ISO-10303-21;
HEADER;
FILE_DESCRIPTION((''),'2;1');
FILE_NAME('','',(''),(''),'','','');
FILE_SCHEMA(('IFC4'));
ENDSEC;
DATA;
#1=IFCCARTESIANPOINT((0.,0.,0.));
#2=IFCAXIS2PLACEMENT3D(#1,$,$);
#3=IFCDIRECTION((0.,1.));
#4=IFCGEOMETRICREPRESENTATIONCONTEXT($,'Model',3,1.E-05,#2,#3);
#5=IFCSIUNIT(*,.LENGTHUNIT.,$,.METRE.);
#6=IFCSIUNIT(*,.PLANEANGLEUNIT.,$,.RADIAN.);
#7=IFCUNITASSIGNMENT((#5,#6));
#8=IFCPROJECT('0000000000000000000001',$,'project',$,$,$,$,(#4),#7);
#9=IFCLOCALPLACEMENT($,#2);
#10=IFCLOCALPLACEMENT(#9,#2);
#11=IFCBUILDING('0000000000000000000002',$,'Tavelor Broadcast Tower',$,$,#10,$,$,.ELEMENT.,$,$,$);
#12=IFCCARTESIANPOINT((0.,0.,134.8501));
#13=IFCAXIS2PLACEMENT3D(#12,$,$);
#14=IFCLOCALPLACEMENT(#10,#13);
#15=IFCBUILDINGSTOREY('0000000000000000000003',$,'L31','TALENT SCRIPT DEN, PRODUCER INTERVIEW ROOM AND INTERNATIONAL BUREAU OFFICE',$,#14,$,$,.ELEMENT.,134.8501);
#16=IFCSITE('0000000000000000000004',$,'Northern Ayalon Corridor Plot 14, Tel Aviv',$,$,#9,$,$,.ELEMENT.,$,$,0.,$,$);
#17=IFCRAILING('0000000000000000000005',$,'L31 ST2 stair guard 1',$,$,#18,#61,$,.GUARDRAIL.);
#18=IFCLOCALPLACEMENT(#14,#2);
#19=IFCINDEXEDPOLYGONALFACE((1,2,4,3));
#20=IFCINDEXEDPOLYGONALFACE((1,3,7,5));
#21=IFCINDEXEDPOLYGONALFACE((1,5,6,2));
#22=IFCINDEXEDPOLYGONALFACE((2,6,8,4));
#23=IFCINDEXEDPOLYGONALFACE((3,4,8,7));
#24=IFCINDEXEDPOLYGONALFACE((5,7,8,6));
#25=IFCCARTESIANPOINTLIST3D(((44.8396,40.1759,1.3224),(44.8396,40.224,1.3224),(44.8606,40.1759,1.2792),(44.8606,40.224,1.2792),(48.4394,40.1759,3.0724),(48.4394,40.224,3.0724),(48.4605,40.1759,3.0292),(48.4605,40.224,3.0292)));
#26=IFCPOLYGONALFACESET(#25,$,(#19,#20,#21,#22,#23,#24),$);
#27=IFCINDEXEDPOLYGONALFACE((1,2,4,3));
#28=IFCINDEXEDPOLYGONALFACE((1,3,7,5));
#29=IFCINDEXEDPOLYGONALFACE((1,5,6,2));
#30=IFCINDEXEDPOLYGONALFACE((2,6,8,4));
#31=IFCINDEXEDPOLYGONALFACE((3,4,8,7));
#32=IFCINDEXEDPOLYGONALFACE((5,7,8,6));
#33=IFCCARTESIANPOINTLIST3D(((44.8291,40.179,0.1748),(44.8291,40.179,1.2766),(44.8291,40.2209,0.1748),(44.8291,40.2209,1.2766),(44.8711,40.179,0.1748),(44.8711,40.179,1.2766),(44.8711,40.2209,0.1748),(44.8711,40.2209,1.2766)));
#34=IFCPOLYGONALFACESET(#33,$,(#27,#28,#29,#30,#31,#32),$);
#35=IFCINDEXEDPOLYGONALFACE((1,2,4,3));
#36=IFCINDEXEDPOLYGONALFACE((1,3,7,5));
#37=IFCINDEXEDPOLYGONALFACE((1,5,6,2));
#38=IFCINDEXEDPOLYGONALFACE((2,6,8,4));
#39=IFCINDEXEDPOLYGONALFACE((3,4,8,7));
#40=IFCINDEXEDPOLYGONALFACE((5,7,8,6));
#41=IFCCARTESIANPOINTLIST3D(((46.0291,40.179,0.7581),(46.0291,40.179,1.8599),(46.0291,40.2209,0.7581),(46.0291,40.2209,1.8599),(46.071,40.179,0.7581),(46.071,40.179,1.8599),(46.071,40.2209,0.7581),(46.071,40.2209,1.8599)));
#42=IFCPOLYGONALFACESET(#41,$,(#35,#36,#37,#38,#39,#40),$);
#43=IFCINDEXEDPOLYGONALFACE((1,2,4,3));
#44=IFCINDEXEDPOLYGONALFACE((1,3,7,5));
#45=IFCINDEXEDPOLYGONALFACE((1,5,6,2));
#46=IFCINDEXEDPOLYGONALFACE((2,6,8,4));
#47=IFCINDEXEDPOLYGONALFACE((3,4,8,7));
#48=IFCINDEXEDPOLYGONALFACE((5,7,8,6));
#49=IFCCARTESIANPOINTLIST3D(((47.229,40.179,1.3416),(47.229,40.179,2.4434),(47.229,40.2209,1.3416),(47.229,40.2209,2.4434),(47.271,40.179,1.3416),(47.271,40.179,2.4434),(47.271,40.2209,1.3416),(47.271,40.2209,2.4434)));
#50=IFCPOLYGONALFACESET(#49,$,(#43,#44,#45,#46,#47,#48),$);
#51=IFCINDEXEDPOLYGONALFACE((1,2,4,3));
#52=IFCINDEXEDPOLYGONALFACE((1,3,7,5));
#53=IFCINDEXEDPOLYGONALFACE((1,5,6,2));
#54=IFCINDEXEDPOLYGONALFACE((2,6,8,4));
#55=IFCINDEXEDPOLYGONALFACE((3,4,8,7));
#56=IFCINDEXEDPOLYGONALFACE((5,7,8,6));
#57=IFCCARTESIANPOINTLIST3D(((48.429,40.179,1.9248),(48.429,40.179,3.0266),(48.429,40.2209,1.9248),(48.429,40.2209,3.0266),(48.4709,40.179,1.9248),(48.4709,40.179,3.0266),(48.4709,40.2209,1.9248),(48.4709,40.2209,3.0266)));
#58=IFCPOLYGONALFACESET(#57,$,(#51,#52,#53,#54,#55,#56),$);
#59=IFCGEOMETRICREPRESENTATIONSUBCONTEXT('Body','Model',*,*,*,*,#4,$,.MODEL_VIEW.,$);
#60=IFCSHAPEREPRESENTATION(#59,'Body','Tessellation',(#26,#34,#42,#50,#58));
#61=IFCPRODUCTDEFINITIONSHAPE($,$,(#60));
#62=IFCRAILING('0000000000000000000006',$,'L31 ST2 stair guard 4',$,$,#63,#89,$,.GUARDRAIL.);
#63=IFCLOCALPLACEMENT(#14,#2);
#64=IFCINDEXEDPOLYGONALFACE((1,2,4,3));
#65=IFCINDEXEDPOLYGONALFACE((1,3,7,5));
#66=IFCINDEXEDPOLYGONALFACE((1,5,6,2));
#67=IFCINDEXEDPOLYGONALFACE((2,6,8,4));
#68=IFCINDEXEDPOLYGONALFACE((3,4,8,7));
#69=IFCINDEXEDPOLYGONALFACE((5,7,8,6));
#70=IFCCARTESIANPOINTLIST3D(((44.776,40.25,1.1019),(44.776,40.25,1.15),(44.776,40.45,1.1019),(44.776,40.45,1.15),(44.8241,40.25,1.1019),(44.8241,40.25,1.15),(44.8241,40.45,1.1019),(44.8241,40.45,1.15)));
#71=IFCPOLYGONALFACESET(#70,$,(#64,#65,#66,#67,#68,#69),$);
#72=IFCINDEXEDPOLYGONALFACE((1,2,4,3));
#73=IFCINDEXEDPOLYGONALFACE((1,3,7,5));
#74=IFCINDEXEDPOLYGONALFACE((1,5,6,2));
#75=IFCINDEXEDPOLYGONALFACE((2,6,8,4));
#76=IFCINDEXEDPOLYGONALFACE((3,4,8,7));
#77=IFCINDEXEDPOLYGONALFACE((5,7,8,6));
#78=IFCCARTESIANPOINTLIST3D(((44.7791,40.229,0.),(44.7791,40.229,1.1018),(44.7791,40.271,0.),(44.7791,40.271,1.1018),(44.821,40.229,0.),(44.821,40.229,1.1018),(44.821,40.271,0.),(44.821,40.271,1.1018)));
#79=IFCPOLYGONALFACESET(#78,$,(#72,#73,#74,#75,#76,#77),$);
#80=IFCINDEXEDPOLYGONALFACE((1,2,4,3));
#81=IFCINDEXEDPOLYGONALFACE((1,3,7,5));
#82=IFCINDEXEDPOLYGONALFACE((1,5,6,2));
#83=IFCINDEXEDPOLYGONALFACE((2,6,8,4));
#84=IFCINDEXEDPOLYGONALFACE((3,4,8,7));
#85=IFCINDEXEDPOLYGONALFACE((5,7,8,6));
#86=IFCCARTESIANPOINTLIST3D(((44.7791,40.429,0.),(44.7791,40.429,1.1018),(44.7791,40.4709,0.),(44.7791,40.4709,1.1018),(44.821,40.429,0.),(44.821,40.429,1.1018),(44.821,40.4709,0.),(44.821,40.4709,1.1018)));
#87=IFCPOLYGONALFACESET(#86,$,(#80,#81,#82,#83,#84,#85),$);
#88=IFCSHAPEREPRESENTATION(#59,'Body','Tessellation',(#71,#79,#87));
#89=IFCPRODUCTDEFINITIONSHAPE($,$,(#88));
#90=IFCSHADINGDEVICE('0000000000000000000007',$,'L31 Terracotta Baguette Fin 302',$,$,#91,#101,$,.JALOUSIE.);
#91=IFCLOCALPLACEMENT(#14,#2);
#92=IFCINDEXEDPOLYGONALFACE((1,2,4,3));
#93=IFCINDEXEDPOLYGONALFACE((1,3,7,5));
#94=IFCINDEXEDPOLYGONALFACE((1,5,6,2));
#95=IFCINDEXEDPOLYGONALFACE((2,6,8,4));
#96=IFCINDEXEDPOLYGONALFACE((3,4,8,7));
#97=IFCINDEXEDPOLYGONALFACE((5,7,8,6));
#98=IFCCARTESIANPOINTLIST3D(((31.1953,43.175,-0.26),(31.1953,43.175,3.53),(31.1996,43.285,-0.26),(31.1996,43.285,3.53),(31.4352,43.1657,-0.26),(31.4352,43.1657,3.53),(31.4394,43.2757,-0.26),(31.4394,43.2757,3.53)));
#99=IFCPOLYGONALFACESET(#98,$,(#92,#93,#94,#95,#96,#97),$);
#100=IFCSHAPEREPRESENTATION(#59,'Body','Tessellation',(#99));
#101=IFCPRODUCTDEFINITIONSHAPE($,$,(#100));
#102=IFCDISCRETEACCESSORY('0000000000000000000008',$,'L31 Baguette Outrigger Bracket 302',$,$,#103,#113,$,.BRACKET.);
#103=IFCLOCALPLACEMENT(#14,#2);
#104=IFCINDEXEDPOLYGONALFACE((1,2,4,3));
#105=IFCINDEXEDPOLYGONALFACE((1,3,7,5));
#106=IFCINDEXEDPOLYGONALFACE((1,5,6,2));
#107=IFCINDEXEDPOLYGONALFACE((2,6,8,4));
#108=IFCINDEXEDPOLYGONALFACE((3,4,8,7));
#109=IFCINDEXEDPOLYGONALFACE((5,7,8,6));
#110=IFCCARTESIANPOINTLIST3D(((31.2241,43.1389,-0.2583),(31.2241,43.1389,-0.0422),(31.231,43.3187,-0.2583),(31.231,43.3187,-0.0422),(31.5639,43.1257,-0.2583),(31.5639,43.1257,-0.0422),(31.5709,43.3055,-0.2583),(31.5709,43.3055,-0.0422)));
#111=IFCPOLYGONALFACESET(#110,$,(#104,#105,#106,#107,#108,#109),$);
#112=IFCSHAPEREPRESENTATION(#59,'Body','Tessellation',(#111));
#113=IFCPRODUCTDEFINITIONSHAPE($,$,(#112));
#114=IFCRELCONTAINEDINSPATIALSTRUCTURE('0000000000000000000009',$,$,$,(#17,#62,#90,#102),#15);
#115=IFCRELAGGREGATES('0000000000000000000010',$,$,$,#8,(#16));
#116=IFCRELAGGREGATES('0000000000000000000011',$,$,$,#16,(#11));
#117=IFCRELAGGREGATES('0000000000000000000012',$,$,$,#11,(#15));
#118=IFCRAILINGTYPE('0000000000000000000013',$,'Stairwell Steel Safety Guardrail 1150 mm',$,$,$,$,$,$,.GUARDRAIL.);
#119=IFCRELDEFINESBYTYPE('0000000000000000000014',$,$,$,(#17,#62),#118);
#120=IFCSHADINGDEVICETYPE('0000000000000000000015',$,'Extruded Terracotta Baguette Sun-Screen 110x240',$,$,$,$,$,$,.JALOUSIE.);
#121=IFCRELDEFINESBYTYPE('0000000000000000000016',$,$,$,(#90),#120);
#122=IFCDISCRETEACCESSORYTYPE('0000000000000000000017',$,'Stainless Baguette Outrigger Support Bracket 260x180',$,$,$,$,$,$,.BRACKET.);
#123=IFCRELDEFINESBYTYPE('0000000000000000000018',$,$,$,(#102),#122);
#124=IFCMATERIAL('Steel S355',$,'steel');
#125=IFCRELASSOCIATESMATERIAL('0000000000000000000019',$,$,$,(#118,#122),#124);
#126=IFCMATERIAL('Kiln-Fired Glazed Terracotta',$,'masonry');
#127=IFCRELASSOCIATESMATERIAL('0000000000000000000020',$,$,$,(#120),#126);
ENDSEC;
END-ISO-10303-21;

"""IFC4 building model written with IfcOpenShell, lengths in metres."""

from ifc_helpers import new_model, si_unit, direction, frame, origin, origin_2d, place, context, subcontext, project, spatial, rectangle, extrude, source, transform, mapped, material, type_object, type_shapes, element, save


model = new_model("IFC4")

# Units and contexts
model_context = context("Model", 3, precision=1e-05, world=origin(), true_north=direction((0.0, 1.0)))
body_context = subcontext(model_context, "Body", "Model", "MODEL_VIEW")
ifc_project = project(units=[si_unit("LENGTHUNIT", "METRE"), si_unit("PLANEANGLEUNIT", "RADIAN")], contexts=[model_context])

# Site, building, storey
site_placement = place(None, origin())
site = spatial("IfcSite", under=ifc_project, at=site_placement, Name="Northern Ayalon Corridor Plot 14, Tel Aviv", CompositionType="ELEMENT", RefElevation=0.0)
building_placement = place(site_placement, origin())
building = spatial("IfcBuilding", under=site, at=building_placement, Name="Tavelor Broadcast Tower", CompositionType="ELEMENT")
storey_placement = place(building_placement, frame((0.0, 0.0, 134.8501)))
storey = spatial("IfcBuildingStorey", under=building, at=storey_placement, Name="L31", Description="TALENT SCRIPT DEN, PRODUCER INTERVIEW ROOM AND INTERNATIONAL BUREAU OFFICE", CompositionType="ELEMENT", Elevation=134.8501)

# Shared definitions
ifc_material_1 = material(Name="Steel S355", Category="steel")

# Railings
railing_type = type_object("IfcRailingType", Name="Stairwell Steel Safety Guardrail 1150 mm", PredefinedType="GUARDRAIL", material=ifc_material_1)
railing_1_placement = place(storey_placement, frame((44.8501, 40.2, 0.1748)))
element("IfcRailing", 1, at=railing_1_placement, inside=storey, type_object=railing_type, Name="L31 ST2 stair guard 1", PredefinedType="GUARDRAIL", context=body_context, shape_type="SweptSolid", body=[
    extrude(rectangle(XDim=0.0481, YDim=0.0481, at=origin_2d()), frame((0.0, 0.0, 1.126), z_axis=(0.899361, 0.0, 0.437207), x_axis=(0.0, 1.0, 0.0)), (0.0, 0.0, 1.0), 4.0027),
    extrude(rectangle(XDim=0.042, YDim=0.042, at=origin_2d()), origin(), (0.0, 0.0, 1.0), 1.1018),
    extrude(rectangle(XDim=0.042, YDim=0.042, at=origin_2d()), frame((1.2, 0.0, 0.5833)), (0.0, 0.0, 1.0), 1.1018),
    extrude(rectangle(XDim=0.042, YDim=0.042, at=origin_2d()), frame((2.3999, 0.0, 1.1667)), (0.0, 0.0, 1.0), 1.1018),
    extrude(rectangle(XDim=0.042, YDim=0.042, at=origin_2d()), frame((3.5999, 0.0, 1.75)), (0.0, 0.0, 1.0), 1.1018),
])
railing_2_placement = place(storey_placement, frame((44.8, 40.25, 0.0)))
element("IfcRailing", 2, at=railing_2_placement, inside=storey, type_object=railing_type, Name="L31 ST2 stair guard 4", PredefinedType="GUARDRAIL", context=body_context, shape_type="SweptSolid", body=[
    extrude(rectangle(XDim=0.0481, YDim=0.0481, at=origin_2d()), frame((0.0, 0.0, 1.126), z_axis=(0.0, 1.0, 0.0), x_axis=(-1.0, 0.0, 0.0)), (0.0, 0.0, 1.0), 0.2),
    extrude(rectangle(XDim=0.042, YDim=0.042, at=origin_2d()), origin(), (0.0, 0.0, 1.0), 1.1018),
    extrude(rectangle(XDim=0.042, YDim=0.042, at=origin_2d()), frame((0.0, 0.2, 0.0)), (0.0, 0.0, 1.0), 1.1018),
])

# Shading device
ifc_material_2 = material(Name="Kiln-Fired Glazed Terracotta", Category="masonry")
shading_device_type = type_object("IfcShadingDeviceType", Name="Extruded Terracotta Baguette Sun-Screen 110x240", PredefinedType="JALOUSIE", material=ifc_material_2)
shared_shape_1 = source(origin(), body_context, "Body", "SweptSolid", [
    extrude(rectangle(XDim=0.1101, YDim=0.24, at=origin_2d()), origin(), (0.0, 0.0, 1.0), 3.79),
])
type_shapes(shading_device_type, [shared_shape_1])
shading_device_placement = place(storey_placement, frame((31.3174, 43.2253, -0.26), z_axis=(0.0, 0.0, 1.0), x_axis=(-0.038737, -0.999249, 0.0)))
element("IfcShadingDevice", 3, at=shading_device_placement, inside=storey, type_object=shading_device_type, Name="L31 Terracotta Baguette Fin 302", PredefinedType="JALOUSIE", context=body_context, shape_type="MappedRepresentation", body=[
    mapped(shared_shape_1, transform((0.0, 0.0, 0.0), scale=1.0)),
])

# Discrete accessory
discrete_accessory_type = type_object("IfcDiscreteAccessoryType", Name="Stainless Baguette Outrigger Support Bracket 260x180", PredefinedType="BRACKET", material=ifc_material_1)
shared_shape_2 = source(origin(), body_context, "Body", "SweptSolid", [
    extrude(rectangle(XDim=0.1799, YDim=0.3401, at=origin_2d()), origin(), (0.0, 0.0, 1.0), 0.2161),
])
type_shapes(discrete_accessory_type, [shared_shape_2])
discrete_accessory_placement = place(storey_placement, frame((31.3975, 43.2222, -0.2583), z_axis=(0.0, 0.0, 1.0), x_axis=(-0.038737, -0.999249, 0.0)))
element("IfcDiscreteAccessory", 4, at=discrete_accessory_placement, inside=storey, type_object=discrete_accessory_type, Name="L31 Baguette Outrigger Bracket 302", PredefinedType="BRACKET", context=body_context, shape_type="MappedRepresentation", body=[
    mapped(shared_shape_2, transform((0.0, 0.0, 0.0), scale=1.0)),
])

save(model, "model.ifc")
